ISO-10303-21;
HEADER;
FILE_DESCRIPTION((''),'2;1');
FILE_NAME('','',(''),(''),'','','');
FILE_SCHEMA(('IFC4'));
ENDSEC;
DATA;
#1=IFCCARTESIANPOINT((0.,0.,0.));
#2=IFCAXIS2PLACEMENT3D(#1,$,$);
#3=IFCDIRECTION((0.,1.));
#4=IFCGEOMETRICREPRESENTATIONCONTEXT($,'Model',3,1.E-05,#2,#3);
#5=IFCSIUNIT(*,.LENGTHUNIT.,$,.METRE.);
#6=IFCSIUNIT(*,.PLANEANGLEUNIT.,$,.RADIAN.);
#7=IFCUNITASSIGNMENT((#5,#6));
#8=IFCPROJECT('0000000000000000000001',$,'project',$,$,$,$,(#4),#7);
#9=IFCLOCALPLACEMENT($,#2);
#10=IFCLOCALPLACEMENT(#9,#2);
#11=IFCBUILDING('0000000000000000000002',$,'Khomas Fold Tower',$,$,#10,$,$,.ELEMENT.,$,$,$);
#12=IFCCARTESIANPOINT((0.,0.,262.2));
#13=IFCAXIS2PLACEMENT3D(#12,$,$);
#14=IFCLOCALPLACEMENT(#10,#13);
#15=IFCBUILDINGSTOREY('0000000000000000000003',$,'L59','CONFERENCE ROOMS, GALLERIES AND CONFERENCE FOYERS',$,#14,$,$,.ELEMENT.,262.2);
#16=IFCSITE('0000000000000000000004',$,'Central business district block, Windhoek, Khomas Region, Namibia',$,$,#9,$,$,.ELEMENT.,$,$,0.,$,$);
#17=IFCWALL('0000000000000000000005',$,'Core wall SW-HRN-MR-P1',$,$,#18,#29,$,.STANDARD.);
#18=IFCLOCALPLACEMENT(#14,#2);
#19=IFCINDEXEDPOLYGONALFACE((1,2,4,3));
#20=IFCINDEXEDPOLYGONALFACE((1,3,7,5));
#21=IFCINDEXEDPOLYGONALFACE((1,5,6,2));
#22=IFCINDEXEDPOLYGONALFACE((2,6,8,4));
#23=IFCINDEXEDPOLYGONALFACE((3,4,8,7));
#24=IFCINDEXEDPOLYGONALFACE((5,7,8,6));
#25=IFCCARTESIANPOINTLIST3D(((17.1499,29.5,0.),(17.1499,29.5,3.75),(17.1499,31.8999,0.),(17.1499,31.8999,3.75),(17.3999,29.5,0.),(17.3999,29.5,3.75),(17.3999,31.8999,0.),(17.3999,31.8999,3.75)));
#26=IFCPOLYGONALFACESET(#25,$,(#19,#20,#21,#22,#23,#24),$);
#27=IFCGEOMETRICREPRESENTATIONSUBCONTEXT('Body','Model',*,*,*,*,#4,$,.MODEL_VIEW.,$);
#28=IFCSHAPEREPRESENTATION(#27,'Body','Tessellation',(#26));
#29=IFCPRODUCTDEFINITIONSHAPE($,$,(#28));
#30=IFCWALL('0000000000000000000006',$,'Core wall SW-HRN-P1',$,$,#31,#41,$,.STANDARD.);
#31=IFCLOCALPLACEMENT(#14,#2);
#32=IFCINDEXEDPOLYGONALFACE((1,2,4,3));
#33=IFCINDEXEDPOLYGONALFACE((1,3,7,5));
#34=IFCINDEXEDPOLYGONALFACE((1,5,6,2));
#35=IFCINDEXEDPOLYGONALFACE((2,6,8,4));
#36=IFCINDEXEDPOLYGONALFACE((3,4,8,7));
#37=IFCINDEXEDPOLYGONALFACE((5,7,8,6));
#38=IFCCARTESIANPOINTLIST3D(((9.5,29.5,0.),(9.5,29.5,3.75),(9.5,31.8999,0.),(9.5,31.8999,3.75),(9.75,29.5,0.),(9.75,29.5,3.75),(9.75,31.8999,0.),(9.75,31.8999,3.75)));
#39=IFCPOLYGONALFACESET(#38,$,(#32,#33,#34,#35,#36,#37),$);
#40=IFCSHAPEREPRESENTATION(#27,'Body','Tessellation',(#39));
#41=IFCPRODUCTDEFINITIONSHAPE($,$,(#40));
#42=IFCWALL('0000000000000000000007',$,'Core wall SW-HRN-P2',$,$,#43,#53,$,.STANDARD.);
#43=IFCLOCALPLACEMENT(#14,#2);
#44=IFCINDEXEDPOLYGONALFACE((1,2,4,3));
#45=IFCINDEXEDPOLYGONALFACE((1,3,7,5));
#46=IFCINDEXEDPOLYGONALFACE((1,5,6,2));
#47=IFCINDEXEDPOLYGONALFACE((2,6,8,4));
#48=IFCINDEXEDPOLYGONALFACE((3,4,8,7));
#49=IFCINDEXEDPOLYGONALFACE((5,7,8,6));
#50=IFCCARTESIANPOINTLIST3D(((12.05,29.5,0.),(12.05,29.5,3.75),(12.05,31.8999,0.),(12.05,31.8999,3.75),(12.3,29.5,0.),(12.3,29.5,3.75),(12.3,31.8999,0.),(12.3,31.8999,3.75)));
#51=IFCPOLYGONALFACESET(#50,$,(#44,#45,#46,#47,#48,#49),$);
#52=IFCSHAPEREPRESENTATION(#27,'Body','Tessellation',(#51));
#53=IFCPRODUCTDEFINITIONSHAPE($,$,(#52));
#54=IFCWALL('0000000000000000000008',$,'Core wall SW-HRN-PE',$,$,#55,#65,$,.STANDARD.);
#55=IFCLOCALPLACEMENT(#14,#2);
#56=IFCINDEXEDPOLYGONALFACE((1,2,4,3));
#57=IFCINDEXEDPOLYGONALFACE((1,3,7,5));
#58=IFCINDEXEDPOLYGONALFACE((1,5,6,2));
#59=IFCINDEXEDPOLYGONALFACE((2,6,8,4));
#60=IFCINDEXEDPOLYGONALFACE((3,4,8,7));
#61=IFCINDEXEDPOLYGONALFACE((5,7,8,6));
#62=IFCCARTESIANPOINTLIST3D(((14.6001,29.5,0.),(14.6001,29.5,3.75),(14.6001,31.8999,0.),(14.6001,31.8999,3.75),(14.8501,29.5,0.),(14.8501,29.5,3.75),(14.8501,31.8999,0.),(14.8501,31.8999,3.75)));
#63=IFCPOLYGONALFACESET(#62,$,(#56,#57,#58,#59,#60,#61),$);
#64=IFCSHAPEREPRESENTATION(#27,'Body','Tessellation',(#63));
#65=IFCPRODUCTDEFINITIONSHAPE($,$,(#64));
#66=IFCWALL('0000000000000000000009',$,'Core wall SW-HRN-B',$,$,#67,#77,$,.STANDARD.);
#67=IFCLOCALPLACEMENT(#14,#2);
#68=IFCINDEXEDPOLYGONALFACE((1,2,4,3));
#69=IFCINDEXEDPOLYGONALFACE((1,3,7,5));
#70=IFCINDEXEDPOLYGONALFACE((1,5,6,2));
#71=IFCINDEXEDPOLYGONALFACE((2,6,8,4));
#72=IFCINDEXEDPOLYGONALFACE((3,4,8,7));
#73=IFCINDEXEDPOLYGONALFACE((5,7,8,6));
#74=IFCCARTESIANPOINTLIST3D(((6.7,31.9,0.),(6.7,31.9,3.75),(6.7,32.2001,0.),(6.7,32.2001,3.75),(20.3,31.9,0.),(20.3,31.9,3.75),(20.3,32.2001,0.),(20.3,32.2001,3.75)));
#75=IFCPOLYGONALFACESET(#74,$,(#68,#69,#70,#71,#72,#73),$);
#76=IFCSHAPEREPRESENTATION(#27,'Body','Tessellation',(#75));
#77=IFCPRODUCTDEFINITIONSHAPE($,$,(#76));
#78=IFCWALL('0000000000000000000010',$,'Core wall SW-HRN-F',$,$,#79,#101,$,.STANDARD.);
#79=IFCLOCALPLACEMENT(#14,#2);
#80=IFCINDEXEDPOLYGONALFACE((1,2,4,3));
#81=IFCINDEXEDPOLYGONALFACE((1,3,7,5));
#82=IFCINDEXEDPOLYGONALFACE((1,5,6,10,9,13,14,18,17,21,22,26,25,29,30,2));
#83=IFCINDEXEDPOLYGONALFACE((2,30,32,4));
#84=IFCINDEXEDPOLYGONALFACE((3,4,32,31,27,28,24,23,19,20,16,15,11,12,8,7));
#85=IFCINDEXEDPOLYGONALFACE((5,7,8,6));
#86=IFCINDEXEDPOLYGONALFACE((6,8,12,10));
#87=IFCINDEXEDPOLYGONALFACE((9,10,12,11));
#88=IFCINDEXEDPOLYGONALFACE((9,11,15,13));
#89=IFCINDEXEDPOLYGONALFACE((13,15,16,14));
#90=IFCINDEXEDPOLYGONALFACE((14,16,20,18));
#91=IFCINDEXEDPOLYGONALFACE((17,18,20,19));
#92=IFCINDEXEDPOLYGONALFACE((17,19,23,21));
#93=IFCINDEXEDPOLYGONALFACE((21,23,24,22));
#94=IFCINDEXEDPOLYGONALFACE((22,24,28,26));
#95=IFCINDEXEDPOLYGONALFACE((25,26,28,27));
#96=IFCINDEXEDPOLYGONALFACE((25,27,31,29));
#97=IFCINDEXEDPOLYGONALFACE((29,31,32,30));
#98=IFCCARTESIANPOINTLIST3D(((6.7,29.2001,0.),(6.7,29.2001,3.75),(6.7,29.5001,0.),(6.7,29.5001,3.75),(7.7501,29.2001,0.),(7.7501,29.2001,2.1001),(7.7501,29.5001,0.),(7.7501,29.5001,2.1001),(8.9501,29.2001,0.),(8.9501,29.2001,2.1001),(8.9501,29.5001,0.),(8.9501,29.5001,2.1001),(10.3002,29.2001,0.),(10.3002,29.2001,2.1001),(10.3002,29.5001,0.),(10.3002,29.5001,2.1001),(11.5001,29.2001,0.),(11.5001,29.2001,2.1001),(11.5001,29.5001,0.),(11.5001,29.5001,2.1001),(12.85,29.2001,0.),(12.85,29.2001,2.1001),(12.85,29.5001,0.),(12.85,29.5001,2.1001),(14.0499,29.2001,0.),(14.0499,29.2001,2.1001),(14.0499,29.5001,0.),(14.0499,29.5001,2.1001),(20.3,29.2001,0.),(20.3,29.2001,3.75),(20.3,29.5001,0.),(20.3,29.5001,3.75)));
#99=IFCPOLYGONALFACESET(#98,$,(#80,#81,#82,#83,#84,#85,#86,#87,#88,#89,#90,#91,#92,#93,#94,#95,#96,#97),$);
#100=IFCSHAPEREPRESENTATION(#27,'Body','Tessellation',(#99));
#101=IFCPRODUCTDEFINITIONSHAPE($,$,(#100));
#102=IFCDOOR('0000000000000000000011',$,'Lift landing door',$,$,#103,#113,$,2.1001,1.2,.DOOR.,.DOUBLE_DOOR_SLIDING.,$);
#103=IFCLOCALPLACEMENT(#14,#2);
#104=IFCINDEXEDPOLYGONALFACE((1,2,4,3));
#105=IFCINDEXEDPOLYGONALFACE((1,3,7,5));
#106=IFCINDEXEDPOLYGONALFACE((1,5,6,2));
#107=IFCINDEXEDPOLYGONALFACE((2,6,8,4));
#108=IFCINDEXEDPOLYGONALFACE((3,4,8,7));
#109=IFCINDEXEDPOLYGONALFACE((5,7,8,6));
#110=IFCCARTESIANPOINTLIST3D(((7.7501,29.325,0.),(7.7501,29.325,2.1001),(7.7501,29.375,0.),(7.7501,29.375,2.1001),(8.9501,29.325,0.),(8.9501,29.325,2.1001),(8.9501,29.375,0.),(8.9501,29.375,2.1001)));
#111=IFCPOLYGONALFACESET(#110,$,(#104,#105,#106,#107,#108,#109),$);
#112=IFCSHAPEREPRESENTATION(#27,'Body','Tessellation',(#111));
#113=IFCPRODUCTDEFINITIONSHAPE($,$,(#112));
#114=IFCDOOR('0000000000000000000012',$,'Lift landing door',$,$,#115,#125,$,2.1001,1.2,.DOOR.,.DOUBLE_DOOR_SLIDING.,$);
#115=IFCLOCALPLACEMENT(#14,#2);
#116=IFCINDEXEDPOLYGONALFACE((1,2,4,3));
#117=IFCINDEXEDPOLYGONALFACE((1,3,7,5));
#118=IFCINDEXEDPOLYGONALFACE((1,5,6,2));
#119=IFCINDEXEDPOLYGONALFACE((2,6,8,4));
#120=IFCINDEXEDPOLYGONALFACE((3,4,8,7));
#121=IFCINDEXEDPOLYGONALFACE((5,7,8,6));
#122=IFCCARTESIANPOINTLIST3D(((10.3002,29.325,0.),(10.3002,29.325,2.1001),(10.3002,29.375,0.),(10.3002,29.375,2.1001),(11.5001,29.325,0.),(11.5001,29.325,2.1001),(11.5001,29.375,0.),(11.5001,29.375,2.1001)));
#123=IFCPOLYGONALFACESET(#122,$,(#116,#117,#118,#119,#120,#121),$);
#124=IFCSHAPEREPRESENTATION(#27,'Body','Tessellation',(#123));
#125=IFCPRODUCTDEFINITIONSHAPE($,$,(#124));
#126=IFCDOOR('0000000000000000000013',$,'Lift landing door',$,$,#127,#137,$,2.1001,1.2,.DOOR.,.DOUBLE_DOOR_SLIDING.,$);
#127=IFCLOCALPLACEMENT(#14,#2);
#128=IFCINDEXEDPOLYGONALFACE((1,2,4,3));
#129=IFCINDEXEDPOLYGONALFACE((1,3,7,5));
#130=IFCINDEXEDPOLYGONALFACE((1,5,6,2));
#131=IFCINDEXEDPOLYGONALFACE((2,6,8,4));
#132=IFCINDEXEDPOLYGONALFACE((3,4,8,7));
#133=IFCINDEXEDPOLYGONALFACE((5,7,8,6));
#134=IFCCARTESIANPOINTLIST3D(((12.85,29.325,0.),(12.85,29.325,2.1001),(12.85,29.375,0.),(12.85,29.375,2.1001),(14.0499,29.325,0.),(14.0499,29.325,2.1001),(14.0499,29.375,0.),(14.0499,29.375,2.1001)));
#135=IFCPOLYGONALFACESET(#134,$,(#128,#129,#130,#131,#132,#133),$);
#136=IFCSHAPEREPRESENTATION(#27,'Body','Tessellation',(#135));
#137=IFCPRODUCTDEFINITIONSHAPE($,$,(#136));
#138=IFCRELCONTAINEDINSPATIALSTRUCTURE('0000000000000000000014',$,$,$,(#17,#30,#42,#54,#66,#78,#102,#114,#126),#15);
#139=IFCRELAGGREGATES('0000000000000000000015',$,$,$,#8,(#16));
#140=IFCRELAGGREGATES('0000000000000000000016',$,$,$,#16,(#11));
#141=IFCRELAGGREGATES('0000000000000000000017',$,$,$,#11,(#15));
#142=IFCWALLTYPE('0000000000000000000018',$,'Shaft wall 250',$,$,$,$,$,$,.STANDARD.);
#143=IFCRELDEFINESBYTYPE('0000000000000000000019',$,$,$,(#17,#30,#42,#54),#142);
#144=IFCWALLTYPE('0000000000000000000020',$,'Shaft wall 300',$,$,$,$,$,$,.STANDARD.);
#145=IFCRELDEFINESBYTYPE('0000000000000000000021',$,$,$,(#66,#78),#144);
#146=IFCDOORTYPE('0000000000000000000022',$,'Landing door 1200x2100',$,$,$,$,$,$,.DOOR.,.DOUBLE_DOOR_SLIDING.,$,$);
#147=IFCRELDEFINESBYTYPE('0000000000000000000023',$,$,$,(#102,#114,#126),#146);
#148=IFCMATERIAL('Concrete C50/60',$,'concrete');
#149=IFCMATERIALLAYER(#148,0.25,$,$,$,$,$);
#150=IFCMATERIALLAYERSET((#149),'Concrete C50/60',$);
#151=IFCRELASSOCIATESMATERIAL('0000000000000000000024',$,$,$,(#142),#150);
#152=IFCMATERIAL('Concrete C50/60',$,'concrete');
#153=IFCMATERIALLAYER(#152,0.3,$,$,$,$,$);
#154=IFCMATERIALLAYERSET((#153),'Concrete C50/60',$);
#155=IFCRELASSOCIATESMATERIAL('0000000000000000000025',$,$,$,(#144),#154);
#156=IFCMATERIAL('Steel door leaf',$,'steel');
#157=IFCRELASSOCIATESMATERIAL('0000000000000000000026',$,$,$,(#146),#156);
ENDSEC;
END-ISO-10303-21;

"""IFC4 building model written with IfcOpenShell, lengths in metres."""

from ifc_helpers import new_model, si_unit, direction, frame, frame_2d, origin, place, context, subcontext, project, spatial, rectangle, extrude, source, transform, mapped, material, layer, layer_set, type_object, element, fill, save


model = new_model("IFC4")

# Units and contexts
model_context = context("Model", 3, precision=1e-05, world=origin(), true_north=direction((0.0, 1.0)))
body_context = subcontext(model_context, "Body", "Model", "MODEL_VIEW")
ifc_project = project(units=[si_unit("LENGTHUNIT", "METRE"), si_unit("PLANEANGLEUNIT", "RADIAN")], contexts=[model_context])

# Site, building, storey
site_placement = place(None, origin())
site = spatial("IfcSite", under=ifc_project, at=site_placement, Name="Central business district block, Windhoek, Khomas Region, Namibia", CompositionType="ELEMENT", RefElevation=0.0)
building_placement = place(site_placement, origin())
building = spatial("IfcBuilding", under=site, at=building_placement, Name="Khomas Fold Tower", CompositionType="ELEMENT")
storey_placement = place(building_placement, frame((0.0, 0.0, 262.2)))
storey = spatial("IfcBuildingStorey", under=building, at=storey_placement, Name="L59", Description="CONFERENCE ROOMS, GALLERIES AND CONFERENCE FOYERS", CompositionType="ELEMENT", Elevation=262.2)

# Walls
ifc_material_1 = material(Name="Concrete C50/60", Category="concrete")
ifc_layer_1 = layer(ifc_material_1, 0.25)
ifc_layer_set_1 = layer_set([ifc_layer_1], Name="Concrete C50/60")
wall_type_1 = type_object("IfcWallType", Name="Shaft wall 250", PredefinedType="STANDARD", material=ifc_layer_set_1)
shared_shape_1 = source(origin(), body_context, "Body", "SweptSolid", [
    extrude(rectangle(XDim=2.3999, YDim=0.25, at=frame_2d((1.2, 0.0))), origin(), (0.0, 0.0, 1.0), 3.75),
])
for number, where, z_axis, x_axis, name in (
    (1, (17.2749, 29.5, 0.0), (0.0, 0.0, 1.0), (0.0, 1.0, 0.0), "Core wall SW-HRN-MR-P1"),
    (2, (9.625, 29.5, 0.0), (0.0, 0.0, 1.0), (0.0, 1.0, 0.0), "Core wall SW-HRN-P1"),
    (3, (12.175, 29.5, 0.0), (0.0, 0.0, 1.0), (0.0, 1.0, 0.0), "Core wall SW-HRN-P2"),
    (4, (14.7251, 29.5, 0.0), (0.0, 0.0, 1.0), (0.0, 1.0, 0.0), "Core wall SW-HRN-PE"),
):
    element("IfcWall", number, at=place(storey_placement, frame(where, z_axis=z_axis, x_axis=x_axis)), inside=storey, type_object=wall_type_1, Name=name, PredefinedType="STANDARD", context=body_context, shape_type="MappedRepresentation", body=[
        mapped(shared_shape_1, transform((0.0, 0.0, 0.0))),
    ])
ifc_material_2 = material(Name="Concrete C50/60", Category="concrete")
ifc_layer_2 = layer(ifc_material_2, 0.3)
ifc_layer_set_2 = layer_set([ifc_layer_2], Name="Concrete C50/60")
wall_type_2 = type_object("IfcWallType", Name="Shaft wall 300", PredefinedType="STANDARD", material=ifc_layer_set_2)
shared_shape_2 = source(origin(), body_context, "Body", "SweptSolid", [
    extrude(rectangle(XDim=13.6001, YDim=0.3, at=frame_2d((6.8, 0.0))), origin(), (0.0, 0.0, 1.0), 3.75),
])
wall_1_placement = place(storey_placement, frame((6.7, 32.05, 0.0), z_axis=(0.0, 0.0, 1.0), x_axis=(1.0, 0.0, 0.0)))
element("IfcWall", 5, at=wall_1_placement, inside=storey, type_object=wall_type_2, Name="Core wall SW-HRN-B", PredefinedType="STANDARD", context=body_context, shape_type="MappedRepresentation", body=[
    mapped(shared_shape_2, transform((0.0, 0.0, 0.0))),
])

# Wall, openings, doors
wall_2_placement = place(storey_placement, frame((6.7, 29.3501, 0.0), z_axis=(0.0, 0.0, 1.0), x_axis=(1.0, 0.0, 0.0)))
wall_2 = element("IfcWall", 6, at=wall_2_placement, inside=storey, type_object=wall_type_2, Name="Core wall SW-HRN-F", PredefinedType="STANDARD", context=body_context, shape_type="MappedRepresentation", body=[
    mapped(shared_shape_2, transform((0.0, 0.0, 0.0))),
])
shared_shape_3 = source(origin(), body_context, "Body", "SweptSolid", [
    extrude(rectangle(XDim=1.2, YDim=2.1001, at=frame_2d((0.6001, 1.05))), frame((0.0, 0.1599, 0.0), z_axis=(0.0, -1.0, 0.0), x_axis=(1.0, 0.0, 0.0)), (0.0, 0.0, 1.0), 0.3201),
])
opening_1_placement = place(wall_2_placement, frame((1.05, 0.0, 0.0)))
opening_1 = element("IfcOpeningElement", 7, at=opening_1_placement, cuts=wall_2, PredefinedType="OPENING", context=body_context, shape_type="MappedRepresentation", body=[
    mapped(shared_shape_3, transform((0.0, 0.0, 0.0))),
])
opening_2_placement = place(wall_2_placement, frame((3.6001, 0.0, 0.0)))
opening_2 = element("IfcOpeningElement", 8, at=opening_2_placement, cuts=wall_2, PredefinedType="OPENING", context=body_context, shape_type="MappedRepresentation", body=[
    mapped(shared_shape_3, transform((0.0, 0.0, 0.0))),
])
opening_3_placement = place(wall_2_placement, frame((6.1499, 0.0, 0.0)))
opening_3 = element("IfcOpeningElement", 9, at=opening_3_placement, cuts=wall_2, PredefinedType="OPENING", context=body_context, shape_type="MappedRepresentation", body=[
    mapped(shared_shape_3, transform((0.0, 0.0, 0.0))),
])
ifc_material_3 = material(Name="Steel door leaf", Category="steel")
door_type = type_object("IfcDoorType", Name="Landing door 1200x2100", OperationType="DOUBLE_DOOR_SLIDING", PredefinedType="DOOR", material=ifc_material_3)
shared_shape_4 = source(origin(), body_context, "Body", "SweptSolid", [
    extrude(rectangle(XDim=1.2, YDim=2.1001, at=frame_2d((0.6001, 1.05))), frame((0.0, 0.0249, 0.0), z_axis=(0.0, -1.0, 0.0), x_axis=(1.0, 0.0, 0.0)), (0.0, 0.0, 1.0), 0.05),
])
door_1_placement = place(opening_1_placement, origin())
door_1 = element("IfcDoor", 10, at=door_1_placement, inside=storey, type_object=door_type, Name="Lift landing door", OperationType="DOUBLE_DOOR_SLIDING", OverallHeight=2.1001, OverallWidth=1.2, PredefinedType="DOOR", context=body_context, shape_type="MappedRepresentation", body=[
    mapped(shared_shape_4, transform((0.0, 0.0, 0.0))),
])
fill(opening_1, door_1)
door_2_placement = place(opening_2_placement, origin())
door_2 = element("IfcDoor", 11, at=door_2_placement, inside=storey, type_object=door_type, Name="Lift landing door", OperationType="DOUBLE_DOOR_SLIDING", OverallHeight=2.1001, OverallWidth=1.2, PredefinedType="DOOR", context=body_context, shape_type="MappedRepresentation", body=[
    mapped(shared_shape_4, transform((0.0, 0.0, 0.0))),
])
fill(opening_2, door_2)
door_3_placement = place(opening_3_placement, origin())
door_3 = element("IfcDoor", 12, at=door_3_placement, inside=storey, type_object=door_type, Name="Lift landing door", OperationType="DOUBLE_DOOR_SLIDING", OverallHeight=2.1001, OverallWidth=1.2, PredefinedType="DOOR", context=body_context, shape_type="MappedRepresentation", body=[
    mapped(shared_shape_4, transform((0.0, 0.0, 0.0))),
])
fill(opening_3, door_3)

save(model, "model.ifc")
